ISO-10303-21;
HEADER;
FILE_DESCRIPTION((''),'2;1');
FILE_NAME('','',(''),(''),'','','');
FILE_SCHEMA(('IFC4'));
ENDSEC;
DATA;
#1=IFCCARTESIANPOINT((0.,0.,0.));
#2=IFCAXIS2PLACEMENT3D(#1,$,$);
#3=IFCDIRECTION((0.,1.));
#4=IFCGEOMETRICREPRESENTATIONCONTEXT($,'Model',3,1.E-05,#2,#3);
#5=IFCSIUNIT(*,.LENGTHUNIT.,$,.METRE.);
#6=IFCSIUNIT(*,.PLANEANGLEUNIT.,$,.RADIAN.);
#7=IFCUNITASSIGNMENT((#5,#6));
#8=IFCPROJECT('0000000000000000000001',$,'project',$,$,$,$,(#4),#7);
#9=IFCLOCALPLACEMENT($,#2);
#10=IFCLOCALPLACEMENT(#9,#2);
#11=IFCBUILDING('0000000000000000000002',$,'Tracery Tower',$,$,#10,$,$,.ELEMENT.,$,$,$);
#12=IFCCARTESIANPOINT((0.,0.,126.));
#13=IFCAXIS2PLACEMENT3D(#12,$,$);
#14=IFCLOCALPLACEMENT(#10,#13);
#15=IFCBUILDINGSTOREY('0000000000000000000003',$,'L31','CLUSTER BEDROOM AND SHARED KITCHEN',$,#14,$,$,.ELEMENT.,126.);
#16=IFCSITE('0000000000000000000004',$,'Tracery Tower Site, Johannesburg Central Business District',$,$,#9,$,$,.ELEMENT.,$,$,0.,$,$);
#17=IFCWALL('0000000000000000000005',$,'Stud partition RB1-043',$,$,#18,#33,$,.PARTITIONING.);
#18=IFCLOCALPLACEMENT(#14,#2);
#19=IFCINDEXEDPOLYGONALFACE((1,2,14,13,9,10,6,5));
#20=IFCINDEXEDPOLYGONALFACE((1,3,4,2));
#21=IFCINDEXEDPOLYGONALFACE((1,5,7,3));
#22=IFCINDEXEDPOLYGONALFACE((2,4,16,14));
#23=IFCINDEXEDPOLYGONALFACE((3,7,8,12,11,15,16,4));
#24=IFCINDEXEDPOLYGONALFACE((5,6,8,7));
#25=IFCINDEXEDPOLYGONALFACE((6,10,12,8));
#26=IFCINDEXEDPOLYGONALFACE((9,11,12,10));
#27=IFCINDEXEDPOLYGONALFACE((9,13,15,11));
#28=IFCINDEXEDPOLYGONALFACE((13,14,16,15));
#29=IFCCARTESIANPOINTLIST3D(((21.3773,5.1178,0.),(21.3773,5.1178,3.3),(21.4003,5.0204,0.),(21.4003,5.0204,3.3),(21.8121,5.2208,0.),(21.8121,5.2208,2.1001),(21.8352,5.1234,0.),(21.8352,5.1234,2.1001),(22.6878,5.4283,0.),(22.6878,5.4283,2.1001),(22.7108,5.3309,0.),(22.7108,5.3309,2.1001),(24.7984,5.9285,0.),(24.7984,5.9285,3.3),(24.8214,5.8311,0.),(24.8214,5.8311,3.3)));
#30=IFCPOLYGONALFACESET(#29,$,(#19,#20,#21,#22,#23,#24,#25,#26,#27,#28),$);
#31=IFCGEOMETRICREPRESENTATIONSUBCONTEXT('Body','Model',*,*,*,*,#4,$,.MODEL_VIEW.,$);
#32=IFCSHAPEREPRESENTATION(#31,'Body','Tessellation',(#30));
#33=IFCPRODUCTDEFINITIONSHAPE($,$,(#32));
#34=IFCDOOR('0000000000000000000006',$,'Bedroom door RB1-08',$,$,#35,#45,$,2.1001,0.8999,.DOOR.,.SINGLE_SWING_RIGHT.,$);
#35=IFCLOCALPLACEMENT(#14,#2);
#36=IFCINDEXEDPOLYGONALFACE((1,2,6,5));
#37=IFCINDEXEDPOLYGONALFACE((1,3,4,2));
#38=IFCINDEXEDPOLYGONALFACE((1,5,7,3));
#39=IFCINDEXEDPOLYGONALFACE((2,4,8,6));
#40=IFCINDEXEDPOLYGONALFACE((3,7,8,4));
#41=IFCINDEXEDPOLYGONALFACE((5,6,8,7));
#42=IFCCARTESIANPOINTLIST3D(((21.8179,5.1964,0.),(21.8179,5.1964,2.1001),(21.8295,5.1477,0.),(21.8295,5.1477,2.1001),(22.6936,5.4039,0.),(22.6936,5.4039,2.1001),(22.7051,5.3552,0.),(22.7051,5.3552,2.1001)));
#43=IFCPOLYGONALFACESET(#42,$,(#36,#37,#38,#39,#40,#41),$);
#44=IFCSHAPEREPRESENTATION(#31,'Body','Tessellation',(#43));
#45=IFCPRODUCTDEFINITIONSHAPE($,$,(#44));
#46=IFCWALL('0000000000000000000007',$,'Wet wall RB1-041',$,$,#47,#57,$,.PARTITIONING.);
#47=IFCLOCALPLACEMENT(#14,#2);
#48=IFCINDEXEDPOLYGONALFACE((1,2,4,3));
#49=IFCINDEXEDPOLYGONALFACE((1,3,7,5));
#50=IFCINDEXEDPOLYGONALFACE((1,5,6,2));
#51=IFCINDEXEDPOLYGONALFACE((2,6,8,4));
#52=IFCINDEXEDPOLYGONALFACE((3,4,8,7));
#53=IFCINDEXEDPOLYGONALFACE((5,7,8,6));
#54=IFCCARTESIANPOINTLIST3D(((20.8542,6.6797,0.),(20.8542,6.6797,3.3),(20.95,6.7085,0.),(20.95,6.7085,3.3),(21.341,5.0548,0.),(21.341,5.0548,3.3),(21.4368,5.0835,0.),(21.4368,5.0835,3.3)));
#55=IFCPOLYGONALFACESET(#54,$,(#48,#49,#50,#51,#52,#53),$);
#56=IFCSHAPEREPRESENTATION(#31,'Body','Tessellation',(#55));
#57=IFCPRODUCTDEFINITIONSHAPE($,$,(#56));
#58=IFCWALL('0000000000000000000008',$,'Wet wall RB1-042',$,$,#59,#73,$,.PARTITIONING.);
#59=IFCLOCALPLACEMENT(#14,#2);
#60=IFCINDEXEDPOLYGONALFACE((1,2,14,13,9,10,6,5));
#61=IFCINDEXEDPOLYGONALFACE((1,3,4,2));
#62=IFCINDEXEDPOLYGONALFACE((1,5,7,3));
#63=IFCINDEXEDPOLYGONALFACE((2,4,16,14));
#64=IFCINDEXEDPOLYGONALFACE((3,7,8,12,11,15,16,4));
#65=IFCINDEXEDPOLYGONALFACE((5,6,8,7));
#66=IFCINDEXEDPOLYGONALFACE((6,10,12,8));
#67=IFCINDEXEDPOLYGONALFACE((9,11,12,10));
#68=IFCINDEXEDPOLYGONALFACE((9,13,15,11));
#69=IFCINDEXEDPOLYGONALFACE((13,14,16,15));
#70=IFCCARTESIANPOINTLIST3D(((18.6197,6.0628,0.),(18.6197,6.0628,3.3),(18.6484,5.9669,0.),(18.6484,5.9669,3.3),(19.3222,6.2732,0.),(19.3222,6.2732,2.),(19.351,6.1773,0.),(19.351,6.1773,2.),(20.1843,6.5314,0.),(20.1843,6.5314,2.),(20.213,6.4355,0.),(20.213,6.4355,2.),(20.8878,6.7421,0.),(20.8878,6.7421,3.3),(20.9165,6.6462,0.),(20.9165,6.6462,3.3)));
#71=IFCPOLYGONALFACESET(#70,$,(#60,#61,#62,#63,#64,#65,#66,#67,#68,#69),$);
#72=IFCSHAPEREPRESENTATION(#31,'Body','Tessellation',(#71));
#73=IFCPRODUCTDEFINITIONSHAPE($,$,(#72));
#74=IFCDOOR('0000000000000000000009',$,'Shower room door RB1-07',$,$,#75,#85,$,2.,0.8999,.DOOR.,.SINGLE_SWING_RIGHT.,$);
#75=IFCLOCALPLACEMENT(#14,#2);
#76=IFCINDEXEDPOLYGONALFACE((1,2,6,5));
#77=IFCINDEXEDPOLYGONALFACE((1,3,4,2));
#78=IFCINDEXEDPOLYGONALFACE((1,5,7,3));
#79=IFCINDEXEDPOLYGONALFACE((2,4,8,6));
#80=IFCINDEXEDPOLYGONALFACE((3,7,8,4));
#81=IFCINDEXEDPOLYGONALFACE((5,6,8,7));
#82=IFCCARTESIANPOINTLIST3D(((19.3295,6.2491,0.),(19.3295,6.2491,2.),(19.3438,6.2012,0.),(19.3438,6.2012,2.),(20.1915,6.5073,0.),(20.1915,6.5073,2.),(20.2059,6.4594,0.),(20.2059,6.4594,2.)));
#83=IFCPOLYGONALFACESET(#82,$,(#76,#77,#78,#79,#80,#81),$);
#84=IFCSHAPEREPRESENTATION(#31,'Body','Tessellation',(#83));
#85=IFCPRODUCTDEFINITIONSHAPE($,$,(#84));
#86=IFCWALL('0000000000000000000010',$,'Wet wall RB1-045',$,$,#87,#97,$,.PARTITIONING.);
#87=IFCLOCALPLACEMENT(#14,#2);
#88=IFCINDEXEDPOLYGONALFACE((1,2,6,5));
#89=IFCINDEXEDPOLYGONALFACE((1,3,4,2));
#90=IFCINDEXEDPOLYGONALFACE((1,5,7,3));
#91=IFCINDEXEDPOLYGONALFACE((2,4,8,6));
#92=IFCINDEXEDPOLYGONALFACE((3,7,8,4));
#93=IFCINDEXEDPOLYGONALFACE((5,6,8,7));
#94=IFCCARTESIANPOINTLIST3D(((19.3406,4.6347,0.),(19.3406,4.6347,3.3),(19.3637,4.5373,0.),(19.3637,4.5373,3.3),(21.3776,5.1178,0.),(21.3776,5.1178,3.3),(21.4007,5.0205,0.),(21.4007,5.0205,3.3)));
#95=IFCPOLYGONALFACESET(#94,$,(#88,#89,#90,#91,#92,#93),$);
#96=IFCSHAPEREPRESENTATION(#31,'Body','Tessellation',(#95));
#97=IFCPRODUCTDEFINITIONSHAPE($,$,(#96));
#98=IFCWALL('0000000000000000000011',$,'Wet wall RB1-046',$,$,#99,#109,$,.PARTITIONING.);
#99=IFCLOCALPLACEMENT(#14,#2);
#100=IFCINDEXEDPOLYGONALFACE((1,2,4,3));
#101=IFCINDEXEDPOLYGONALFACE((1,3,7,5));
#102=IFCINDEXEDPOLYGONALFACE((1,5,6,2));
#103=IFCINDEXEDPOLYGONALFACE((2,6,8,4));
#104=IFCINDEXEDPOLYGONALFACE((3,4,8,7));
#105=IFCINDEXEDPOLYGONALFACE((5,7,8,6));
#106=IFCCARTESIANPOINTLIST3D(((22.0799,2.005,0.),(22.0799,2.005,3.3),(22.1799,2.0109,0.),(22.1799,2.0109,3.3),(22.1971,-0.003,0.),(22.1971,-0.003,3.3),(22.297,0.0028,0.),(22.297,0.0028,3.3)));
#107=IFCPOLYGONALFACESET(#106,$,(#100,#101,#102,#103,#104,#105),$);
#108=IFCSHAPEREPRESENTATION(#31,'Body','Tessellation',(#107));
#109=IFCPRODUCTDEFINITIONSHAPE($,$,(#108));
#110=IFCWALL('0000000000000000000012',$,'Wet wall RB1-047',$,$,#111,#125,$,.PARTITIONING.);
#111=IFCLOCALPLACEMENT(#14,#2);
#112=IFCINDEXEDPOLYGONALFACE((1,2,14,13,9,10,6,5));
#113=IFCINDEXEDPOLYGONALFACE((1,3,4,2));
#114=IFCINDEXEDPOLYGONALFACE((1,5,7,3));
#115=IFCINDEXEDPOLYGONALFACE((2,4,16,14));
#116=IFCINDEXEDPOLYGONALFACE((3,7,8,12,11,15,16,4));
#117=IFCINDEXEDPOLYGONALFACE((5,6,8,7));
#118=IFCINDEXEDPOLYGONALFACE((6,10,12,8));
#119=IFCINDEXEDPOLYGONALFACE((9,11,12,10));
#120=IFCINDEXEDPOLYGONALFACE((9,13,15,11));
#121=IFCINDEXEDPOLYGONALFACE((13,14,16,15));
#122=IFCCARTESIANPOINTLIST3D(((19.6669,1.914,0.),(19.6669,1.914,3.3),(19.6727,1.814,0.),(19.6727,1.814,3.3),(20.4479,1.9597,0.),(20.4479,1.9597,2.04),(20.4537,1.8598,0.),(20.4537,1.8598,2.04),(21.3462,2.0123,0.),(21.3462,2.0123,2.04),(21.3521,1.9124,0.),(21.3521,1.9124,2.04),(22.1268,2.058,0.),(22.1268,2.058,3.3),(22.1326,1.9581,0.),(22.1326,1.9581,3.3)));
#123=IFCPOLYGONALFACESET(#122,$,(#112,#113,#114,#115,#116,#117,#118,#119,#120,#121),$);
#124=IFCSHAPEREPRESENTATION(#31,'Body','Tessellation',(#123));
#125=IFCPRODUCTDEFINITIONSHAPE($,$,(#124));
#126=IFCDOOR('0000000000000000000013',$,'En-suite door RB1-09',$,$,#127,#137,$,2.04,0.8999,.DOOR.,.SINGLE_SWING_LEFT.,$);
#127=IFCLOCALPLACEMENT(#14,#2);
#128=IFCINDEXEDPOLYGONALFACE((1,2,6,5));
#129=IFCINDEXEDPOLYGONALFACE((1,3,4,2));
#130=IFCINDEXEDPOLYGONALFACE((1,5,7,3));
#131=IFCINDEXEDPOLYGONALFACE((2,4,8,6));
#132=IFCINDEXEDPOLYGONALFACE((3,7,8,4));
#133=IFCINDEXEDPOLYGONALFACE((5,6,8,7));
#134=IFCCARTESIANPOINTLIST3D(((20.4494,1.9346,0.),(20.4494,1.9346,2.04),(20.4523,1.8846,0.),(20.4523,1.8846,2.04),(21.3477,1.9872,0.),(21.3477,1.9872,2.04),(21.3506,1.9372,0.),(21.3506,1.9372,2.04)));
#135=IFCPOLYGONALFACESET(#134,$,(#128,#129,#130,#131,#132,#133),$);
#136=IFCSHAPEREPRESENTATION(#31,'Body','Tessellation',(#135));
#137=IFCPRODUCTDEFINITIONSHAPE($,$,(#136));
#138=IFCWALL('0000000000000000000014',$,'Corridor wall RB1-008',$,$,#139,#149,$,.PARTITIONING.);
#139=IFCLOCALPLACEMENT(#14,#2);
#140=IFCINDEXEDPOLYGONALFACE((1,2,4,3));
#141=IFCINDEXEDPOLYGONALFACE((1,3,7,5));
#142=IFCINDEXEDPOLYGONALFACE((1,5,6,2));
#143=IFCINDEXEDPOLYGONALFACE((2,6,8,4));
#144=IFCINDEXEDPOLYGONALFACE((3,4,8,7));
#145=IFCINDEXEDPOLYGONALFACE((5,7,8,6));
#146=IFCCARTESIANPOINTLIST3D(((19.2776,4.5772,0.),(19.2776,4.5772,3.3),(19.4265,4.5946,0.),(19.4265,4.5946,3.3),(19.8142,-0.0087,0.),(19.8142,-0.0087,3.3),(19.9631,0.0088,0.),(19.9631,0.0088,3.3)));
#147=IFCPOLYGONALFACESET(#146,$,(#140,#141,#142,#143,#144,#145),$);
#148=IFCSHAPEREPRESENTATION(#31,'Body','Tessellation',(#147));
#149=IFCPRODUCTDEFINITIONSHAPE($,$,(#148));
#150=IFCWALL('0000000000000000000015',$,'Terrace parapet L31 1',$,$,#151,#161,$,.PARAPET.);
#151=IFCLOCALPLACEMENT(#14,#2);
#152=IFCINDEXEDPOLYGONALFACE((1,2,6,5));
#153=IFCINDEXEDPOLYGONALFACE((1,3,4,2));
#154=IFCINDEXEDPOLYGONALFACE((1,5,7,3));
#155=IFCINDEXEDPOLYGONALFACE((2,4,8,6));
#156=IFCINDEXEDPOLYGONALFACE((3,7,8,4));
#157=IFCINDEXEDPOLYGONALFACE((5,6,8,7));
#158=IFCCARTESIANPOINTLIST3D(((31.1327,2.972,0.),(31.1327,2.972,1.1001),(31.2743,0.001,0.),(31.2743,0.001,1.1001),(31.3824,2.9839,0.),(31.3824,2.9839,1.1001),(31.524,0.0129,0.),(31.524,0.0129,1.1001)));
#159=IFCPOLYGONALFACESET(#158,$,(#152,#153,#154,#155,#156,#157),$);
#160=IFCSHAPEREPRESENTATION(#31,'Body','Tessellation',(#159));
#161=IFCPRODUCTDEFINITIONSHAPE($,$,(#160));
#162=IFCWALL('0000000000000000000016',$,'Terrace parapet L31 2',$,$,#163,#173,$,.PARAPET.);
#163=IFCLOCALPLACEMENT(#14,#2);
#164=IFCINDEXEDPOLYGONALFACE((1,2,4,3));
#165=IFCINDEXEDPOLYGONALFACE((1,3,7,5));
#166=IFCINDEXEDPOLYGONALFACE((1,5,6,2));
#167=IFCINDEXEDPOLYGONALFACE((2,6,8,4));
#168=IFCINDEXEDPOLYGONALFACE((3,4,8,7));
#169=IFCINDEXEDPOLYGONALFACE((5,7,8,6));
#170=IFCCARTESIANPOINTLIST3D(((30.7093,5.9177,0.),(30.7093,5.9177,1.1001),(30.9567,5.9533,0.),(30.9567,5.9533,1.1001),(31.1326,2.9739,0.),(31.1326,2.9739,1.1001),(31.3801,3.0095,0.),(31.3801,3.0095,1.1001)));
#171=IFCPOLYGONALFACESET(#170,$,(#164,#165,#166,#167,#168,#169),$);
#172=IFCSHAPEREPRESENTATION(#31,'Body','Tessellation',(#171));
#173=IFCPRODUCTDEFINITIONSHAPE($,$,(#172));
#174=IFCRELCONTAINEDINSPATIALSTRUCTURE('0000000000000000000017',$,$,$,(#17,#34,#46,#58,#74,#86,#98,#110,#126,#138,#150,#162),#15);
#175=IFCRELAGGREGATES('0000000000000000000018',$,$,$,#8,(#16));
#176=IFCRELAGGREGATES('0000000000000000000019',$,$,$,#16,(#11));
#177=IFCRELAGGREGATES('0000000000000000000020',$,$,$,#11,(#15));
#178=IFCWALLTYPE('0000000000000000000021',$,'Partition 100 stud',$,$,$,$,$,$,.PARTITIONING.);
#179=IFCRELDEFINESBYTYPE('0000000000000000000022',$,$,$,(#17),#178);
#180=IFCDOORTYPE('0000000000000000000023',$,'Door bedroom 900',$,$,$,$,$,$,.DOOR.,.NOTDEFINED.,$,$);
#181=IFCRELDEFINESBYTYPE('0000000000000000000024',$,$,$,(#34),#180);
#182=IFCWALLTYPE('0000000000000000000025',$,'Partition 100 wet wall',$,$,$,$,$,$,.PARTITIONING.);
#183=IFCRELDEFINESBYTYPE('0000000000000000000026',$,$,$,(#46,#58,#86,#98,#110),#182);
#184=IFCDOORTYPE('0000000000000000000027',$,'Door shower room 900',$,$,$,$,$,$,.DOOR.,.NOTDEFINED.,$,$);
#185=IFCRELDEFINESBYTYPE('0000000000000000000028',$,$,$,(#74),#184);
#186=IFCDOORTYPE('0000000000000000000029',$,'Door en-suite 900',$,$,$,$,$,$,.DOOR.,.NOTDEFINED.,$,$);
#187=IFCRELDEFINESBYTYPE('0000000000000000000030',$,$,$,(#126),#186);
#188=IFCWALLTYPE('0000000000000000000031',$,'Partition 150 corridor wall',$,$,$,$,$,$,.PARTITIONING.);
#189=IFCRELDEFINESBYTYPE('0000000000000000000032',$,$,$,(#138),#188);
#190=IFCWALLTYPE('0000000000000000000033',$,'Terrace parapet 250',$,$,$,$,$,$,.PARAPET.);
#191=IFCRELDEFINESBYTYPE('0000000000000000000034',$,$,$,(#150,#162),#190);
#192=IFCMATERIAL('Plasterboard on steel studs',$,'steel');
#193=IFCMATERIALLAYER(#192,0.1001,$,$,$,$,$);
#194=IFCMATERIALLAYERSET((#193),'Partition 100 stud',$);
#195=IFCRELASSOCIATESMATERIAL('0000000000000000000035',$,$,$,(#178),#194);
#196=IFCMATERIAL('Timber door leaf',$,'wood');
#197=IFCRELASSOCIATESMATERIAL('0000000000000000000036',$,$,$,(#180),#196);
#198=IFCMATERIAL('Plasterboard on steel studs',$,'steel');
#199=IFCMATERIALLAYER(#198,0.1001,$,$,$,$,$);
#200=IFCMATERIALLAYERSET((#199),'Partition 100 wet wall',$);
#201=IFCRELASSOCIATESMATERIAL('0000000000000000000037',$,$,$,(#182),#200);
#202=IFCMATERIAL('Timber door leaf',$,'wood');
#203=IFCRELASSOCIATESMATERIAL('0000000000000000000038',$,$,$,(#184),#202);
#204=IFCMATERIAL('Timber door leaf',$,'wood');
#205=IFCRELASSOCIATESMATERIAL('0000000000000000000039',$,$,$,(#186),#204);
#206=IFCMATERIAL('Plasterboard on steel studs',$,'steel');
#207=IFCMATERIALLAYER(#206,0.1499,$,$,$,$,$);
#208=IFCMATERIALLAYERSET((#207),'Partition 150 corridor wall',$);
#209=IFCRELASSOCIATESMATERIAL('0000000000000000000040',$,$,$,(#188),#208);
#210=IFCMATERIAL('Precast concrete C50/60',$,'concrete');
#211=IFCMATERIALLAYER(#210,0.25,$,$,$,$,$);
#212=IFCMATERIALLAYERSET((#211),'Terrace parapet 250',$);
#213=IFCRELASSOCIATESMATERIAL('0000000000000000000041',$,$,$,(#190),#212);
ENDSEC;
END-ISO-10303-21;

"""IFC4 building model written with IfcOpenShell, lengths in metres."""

from ifc_helpers import new_model, si_unit, direction, frame, frame_2d, origin, place, context, subcontext, project, spatial, rectangle, extrude, material, layer, layer_set, type_object, element, fill, save


model = new_model("IFC4")

# Units and contexts
model_context = context("Model", 3, precision=1e-05, world=origin(), true_north=direction((0.0, 1.0)))
body_context = subcontext(model_context, "Body", "Model", "MODEL_VIEW")
ifc_project = project(units=[si_unit("LENGTHUNIT", "METRE"), si_unit("PLANEANGLEUNIT", "RADIAN")], contexts=[model_context])

# Site, building, storey
site_placement = place(None, origin())
site = spatial("IfcSite", under=ifc_project, at=site_placement, Name="Tracery Tower Site, Johannesburg Central Business District", CompositionType="ELEMENT", RefElevation=0.0)
building_placement = place(site_placement, origin())
building = spatial("IfcBuilding", under=site, at=building_placement, Name="Tracery Tower", CompositionType="ELEMENT")
storey_placement = place(building_placement, frame((0.0, 0.0, 126.0)))
storey = spatial("IfcBuildingStorey", under=building, at=storey_placement, Name="L31", Description="CLUSTER BEDROOM AND SHARED KITCHEN", CompositionType="ELEMENT", Elevation=126.0)

# Wall, opening, door
ifc_material_1 = material(Name="Plasterboard on steel studs", Category="steel")
ifc_layer_1 = layer(ifc_material_1, 0.1001)
ifc_layer_set_1 = layer_set([ifc_layer_1], Name="Partition 100 stud")
wall_type_1 = type_object("IfcWallType", Name="Partition 100 stud", PredefinedType="PARTITIONING", material=ifc_layer_set_1)
wall_1_placement = place(storey_placement, frame((21.3889, 5.0691, 0.0), z_axis=(0.0, 0.0, 1.0), x_axis=(0.973047, 0.230607, 0.0)))
wall_1 = element("IfcWall", 1, at=wall_1_placement, inside=storey, type_object=wall_type_1, Name="Stud partition RB1-043", PredefinedType="PARTITIONING", context=body_context, shape_type="SweptSolid", body=[
    extrude(rectangle(XDim=3.5159, YDim=0.1001, at=frame_2d((1.7578, 0.0))), origin(), (0.0, 0.0, 1.0), 3.3),
])
opening_1_placement = place(wall_1_placement, frame((0.4468, 0.0, 0.0)))
opening_1 = element("IfcOpeningElement", 2, at=opening_1_placement, cuts=wall_1, PredefinedType="OPENING", context=body_context, shape_type="SweptSolid", body=[
    extrude(rectangle(XDim=0.8999, YDim=2.1001, at=frame_2d((0.45, 1.05))), frame((0.0, 0.05, 0.0), z_axis=(0.0, -1.0, 0.0), x_axis=(1.0, 0.0, 0.0)), (0.0, 0.0, 1.0), 0.1001),
])
ifc_material_2 = material(Name="Timber door leaf", Category="wood")
door_type_1 = type_object("IfcDoorType", Name="Door bedroom 900", OperationType="NOTDEFINED", PredefinedType="DOOR", material=ifc_material_2)
door_1_placement = place(opening_1_placement, origin())
door_1 = element("IfcDoor", 3, at=door_1_placement, inside=storey, type_object=door_type_1, Name="Bedroom door RB1-08", OperationType="SINGLE_SWING_RIGHT", OverallHeight=2.1001, OverallWidth=0.8999, PredefinedType="DOOR", context=body_context, shape_type="SweptSolid", body=[
    extrude(rectangle(XDim=0.8999, YDim=2.1001, at=frame_2d((0.45, 1.05))), frame((0.0, 0.0249, 0.0), z_axis=(0.0, -1.0, 0.0), x_axis=(1.0, 0.0, 0.0)), (0.0, 0.0, 1.0), 0.05),
])
fill(opening_1, door_1)

# Wall
ifc_material_3 = material(Name="Plasterboard on steel studs", Category="steel")
ifc_layer_2 = layer(ifc_material_3, 0.1001)
ifc_layer_set_2 = layer_set([ifc_layer_2], Name="Partition 100 wet wall")
wall_type_2 = type_object("IfcWallType", Name="Partition 100 wet wall", PredefinedType="PARTITIONING", material=ifc_layer_set_2)
wall_2_placement = place(storey_placement, frame((20.9021, 6.6941, 0.0), z_axis=(0.0, 0.0, 1.0), x_axis=(0.286978, -0.957937, 0.0)))
element("IfcWall", 4, at=wall_2_placement, inside=storey, type_object=wall_type_2, Name="Wet wall RB1-041", PredefinedType="PARTITIONING", context=body_context, shape_type="SweptSolid", body=[
    extrude(rectangle(XDim=1.6963, YDim=0.1001, at=frame_2d((0.8481, 0.0))), origin(), (0.0, 0.0, 1.0), 3.3),
])

# Wall, opening, door
wall_3_placement = place(storey_placement, frame((18.634, 6.0149, 0.0), z_axis=(0.0, 0.0, 1.0), x_axis=(0.957968, 0.286875, 0.0)))
wall_3 = element("IfcWall", 5, at=wall_3_placement, inside=storey, type_object=wall_type_2, Name="Wet wall RB1-042", PredefinedType="PARTITIONING", context=body_context, shape_type="SweptSolid", body=[
    extrude(rectangle(XDim=2.3677, YDim=0.1001, at=frame_2d((1.1838, 0.0))), origin(), (0.0, 0.0, 1.0), 3.3),
])
opening_2_placement = place(wall_3_placement, frame((0.7334, 0.0, 0.0)))
opening_2 = element("IfcOpeningElement", 6, at=opening_2_placement, cuts=wall_3, PredefinedType="OPENING", context=body_context, shape_type="SweptSolid", body=[
    extrude(rectangle(XDim=0.8999, YDim=2.0, at=frame_2d((0.45, 1.0))), frame((0.0, 0.05, 0.0), z_axis=(0.0, -1.0, 0.0), x_axis=(1.0, 0.0, 0.0)), (0.0, 0.0, 1.0), 0.1001),
])
ifc_material_4 = material(Name="Timber door leaf", Category="wood")
door_type_2 = type_object("IfcDoorType", Name="Door shower room 900", OperationType="NOTDEFINED", PredefinedType="DOOR", material=ifc_material_4)
door_2_placement = place(opening_2_placement, origin())
door_2 = element("IfcDoor", 7, at=door_2_placement, inside=storey, type_object=door_type_2, Name="Shower room door RB1-07", OperationType="SINGLE_SWING_RIGHT", OverallHeight=2.0, OverallWidth=0.8999, PredefinedType="DOOR", context=body_context, shape_type="SweptSolid", body=[
    extrude(rectangle(XDim=0.8999, YDim=2.0, at=frame_2d((0.45, 1.0))), frame((0.0, 0.0249, 0.0), z_axis=(0.0, -1.0, 0.0), x_axis=(1.0, 0.0, 0.0)), (0.0, 0.0, 1.0), 0.05),
])
fill(opening_2, door_2)

# Walls
wall_4_placement = place(storey_placement, frame((19.3521, 4.5859, 0.0), z_axis=(0.0, 0.0, 1.0), x_axis=(0.973001, 0.230801, 0.0)))
element("IfcWall", 8, at=wall_4_placement, inside=storey, type_object=wall_type_2, Name="Wet wall RB1-045", PredefinedType="PARTITIONING", context=body_context, shape_type="SweptSolid", body=[
    extrude(rectangle(XDim=2.0935, YDim=0.1001, at=frame_2d((1.0469, 0.0))), origin(), (0.0, 0.0, 1.0), 3.3),
])
wall_5_placement = place(storey_placement, frame((22.1299, 2.0081, 0.0), z_axis=(0.0, 0.0, 1.0), x_axis=(0.05826, -0.998301, 0.0)))
element("IfcWall", 9, at=wall_5_placement, inside=storey, type_object=wall_type_2, Name="Wet wall RB1-046", PredefinedType="PARTITIONING", context=body_context, shape_type="SweptSolid", body=[
    extrude(rectangle(XDim=2.0115, YDim=0.1001, at=frame_2d((1.0059, 0.0))), origin(), (0.0, 0.0, 1.0), 3.3),
])

# Wall, opening, door
wall_6_placement = place(storey_placement, frame((19.6699, 1.864, 0.0), z_axis=(0.0, 0.0, 1.0), x_axis=(0.99829, 0.058455, 0.0)))
wall_6 = element("IfcWall", 10, at=wall_6_placement, inside=storey, type_object=wall_type_2, Name="Wet wall RB1-047", PredefinedType="PARTITIONING", context=body_context, shape_type="SweptSolid", body=[
    extrude(rectangle(XDim=2.4641, YDim=0.1001, at=frame_2d((1.2319, 0.0))), origin(), (0.0, 0.0, 1.0), 3.3),
])
opening_3_placement = place(wall_6_placement, frame((0.7822, 0.0, 0.0)))
opening_3 = element("IfcOpeningElement", 11, at=opening_3_placement, cuts=wall_6, PredefinedType="OPENING", context=body_context, shape_type="SweptSolid", body=[
    extrude(rectangle(XDim=0.8999, YDim=2.04, at=frame_2d((0.45, 1.02))), frame((0.0, 0.05, 0.0), z_axis=(0.0, -1.0, 0.0), x_axis=(1.0, 0.0, 0.0)), (0.0, 0.0, 1.0), 0.1001),
])
ifc_material_5 = material(Name="Timber door leaf", Category="wood")
door_type_3 = type_object("IfcDoorType", Name="Door en-suite 900", OperationType="NOTDEFINED", PredefinedType="DOOR", material=ifc_material_5)
door_3_placement = place(opening_3_placement, origin())
door_3 = element("IfcDoor", 12, at=door_3_placement, inside=storey, type_object=door_type_3, Name="En-suite door RB1-09", OperationType="SINGLE_SWING_LEFT", OverallHeight=2.04, OverallWidth=0.8999, PredefinedType="DOOR", context=body_context, shape_type="SweptSolid", body=[
    extrude(rectangle(XDim=0.8999, YDim=2.04, at=frame_2d((0.45, 1.02))), frame((0.0, 0.0249, 0.0), z_axis=(0.0, -1.0, 0.0), x_axis=(1.0, 0.0, 0.0)), (0.0, 0.0, 1.0), 0.05),
])
fill(opening_3, door_3)

# Walls
ifc_material_6 = material(Name="Plasterboard on steel studs", Category="steel")
ifc_layer_3 = layer(ifc_material_6, 0.1499)
ifc_layer_set_3 = layer_set([ifc_layer_3], Name="Partition 150 corridor wall")
wall_type_3 = type_object("IfcWallType", Name="Partition 150 corridor wall", PredefinedType="PARTITIONING", material=ifc_layer_set_3)
wall_7_placement = place(storey_placement, frame((19.3521, 4.5859, 0.0), z_axis=(0.0, 0.0, 1.0), x_axis=(0.116222, -0.993223, 0.0)))
element("IfcWall", 13, at=wall_7_placement, inside=storey, type_object=wall_type_3, Name="Corridor wall RB1-008", PredefinedType="PARTITIONING", context=body_context, shape_type="SweptSolid", body=[
    extrude(rectangle(XDim=4.6172, YDim=0.1499, at=frame_2d((2.3086, 0.0))), origin(), (0.0, 0.0, 1.0), 3.3),
])
ifc_material_7 = material(Name="Precast concrete C50/60", Category="concrete")
ifc_layer_4 = layer(ifc_material_7, 0.25)
ifc_layer_set_4 = layer_set([ifc_layer_4], Name="Terrace parapet 250")
wall_type_4 = type_object("IfcWallType", Name="Terrace parapet 250", PredefinedType="PARAPET", material=ifc_layer_set_4)
wall_8_placement = place(storey_placement, frame((31.3992, 0.0068, 0.0), z_axis=(0.0, 0.0, 1.0), x_axis=(-0.047608, 0.998866, 0.0)))
element("IfcWall", 14, at=wall_8_placement, inside=storey, type_object=wall_type_4, Name="Terrace parapet L31 1", PredefinedType="PARAPET", context=body_context, shape_type="SweptSolid", body=[
    extrude(rectangle(XDim=2.9744, YDim=0.25, at=frame_2d((1.4873, 0.0))), origin(), (0.0, 0.0, 1.0), 1.1001),
])
for number, where, z_axis, x_axis, name in (
    (15, (31.2563, 2.9917, 0.0), (0.0, 0.0, 1.0), (-0.142341, 0.989818, 0.0), "Terrace parapet L31 2"),
):
    element("IfcWall", number, at=place(storey_placement, frame(where, z_axis=z_axis, x_axis=x_axis)), inside=storey, type_object=wall_type_4, Name=name, PredefinedType="PARAPET", context=body_context, shape_type="SweptSolid", body=[
        extrude(rectangle(XDim=2.9741, YDim=0.25, at=frame_2d((1.4871, 0.0))), origin(), (0.0, 0.0, 1.0), 1.1001),
    ])

save(model, "model.ifc")
